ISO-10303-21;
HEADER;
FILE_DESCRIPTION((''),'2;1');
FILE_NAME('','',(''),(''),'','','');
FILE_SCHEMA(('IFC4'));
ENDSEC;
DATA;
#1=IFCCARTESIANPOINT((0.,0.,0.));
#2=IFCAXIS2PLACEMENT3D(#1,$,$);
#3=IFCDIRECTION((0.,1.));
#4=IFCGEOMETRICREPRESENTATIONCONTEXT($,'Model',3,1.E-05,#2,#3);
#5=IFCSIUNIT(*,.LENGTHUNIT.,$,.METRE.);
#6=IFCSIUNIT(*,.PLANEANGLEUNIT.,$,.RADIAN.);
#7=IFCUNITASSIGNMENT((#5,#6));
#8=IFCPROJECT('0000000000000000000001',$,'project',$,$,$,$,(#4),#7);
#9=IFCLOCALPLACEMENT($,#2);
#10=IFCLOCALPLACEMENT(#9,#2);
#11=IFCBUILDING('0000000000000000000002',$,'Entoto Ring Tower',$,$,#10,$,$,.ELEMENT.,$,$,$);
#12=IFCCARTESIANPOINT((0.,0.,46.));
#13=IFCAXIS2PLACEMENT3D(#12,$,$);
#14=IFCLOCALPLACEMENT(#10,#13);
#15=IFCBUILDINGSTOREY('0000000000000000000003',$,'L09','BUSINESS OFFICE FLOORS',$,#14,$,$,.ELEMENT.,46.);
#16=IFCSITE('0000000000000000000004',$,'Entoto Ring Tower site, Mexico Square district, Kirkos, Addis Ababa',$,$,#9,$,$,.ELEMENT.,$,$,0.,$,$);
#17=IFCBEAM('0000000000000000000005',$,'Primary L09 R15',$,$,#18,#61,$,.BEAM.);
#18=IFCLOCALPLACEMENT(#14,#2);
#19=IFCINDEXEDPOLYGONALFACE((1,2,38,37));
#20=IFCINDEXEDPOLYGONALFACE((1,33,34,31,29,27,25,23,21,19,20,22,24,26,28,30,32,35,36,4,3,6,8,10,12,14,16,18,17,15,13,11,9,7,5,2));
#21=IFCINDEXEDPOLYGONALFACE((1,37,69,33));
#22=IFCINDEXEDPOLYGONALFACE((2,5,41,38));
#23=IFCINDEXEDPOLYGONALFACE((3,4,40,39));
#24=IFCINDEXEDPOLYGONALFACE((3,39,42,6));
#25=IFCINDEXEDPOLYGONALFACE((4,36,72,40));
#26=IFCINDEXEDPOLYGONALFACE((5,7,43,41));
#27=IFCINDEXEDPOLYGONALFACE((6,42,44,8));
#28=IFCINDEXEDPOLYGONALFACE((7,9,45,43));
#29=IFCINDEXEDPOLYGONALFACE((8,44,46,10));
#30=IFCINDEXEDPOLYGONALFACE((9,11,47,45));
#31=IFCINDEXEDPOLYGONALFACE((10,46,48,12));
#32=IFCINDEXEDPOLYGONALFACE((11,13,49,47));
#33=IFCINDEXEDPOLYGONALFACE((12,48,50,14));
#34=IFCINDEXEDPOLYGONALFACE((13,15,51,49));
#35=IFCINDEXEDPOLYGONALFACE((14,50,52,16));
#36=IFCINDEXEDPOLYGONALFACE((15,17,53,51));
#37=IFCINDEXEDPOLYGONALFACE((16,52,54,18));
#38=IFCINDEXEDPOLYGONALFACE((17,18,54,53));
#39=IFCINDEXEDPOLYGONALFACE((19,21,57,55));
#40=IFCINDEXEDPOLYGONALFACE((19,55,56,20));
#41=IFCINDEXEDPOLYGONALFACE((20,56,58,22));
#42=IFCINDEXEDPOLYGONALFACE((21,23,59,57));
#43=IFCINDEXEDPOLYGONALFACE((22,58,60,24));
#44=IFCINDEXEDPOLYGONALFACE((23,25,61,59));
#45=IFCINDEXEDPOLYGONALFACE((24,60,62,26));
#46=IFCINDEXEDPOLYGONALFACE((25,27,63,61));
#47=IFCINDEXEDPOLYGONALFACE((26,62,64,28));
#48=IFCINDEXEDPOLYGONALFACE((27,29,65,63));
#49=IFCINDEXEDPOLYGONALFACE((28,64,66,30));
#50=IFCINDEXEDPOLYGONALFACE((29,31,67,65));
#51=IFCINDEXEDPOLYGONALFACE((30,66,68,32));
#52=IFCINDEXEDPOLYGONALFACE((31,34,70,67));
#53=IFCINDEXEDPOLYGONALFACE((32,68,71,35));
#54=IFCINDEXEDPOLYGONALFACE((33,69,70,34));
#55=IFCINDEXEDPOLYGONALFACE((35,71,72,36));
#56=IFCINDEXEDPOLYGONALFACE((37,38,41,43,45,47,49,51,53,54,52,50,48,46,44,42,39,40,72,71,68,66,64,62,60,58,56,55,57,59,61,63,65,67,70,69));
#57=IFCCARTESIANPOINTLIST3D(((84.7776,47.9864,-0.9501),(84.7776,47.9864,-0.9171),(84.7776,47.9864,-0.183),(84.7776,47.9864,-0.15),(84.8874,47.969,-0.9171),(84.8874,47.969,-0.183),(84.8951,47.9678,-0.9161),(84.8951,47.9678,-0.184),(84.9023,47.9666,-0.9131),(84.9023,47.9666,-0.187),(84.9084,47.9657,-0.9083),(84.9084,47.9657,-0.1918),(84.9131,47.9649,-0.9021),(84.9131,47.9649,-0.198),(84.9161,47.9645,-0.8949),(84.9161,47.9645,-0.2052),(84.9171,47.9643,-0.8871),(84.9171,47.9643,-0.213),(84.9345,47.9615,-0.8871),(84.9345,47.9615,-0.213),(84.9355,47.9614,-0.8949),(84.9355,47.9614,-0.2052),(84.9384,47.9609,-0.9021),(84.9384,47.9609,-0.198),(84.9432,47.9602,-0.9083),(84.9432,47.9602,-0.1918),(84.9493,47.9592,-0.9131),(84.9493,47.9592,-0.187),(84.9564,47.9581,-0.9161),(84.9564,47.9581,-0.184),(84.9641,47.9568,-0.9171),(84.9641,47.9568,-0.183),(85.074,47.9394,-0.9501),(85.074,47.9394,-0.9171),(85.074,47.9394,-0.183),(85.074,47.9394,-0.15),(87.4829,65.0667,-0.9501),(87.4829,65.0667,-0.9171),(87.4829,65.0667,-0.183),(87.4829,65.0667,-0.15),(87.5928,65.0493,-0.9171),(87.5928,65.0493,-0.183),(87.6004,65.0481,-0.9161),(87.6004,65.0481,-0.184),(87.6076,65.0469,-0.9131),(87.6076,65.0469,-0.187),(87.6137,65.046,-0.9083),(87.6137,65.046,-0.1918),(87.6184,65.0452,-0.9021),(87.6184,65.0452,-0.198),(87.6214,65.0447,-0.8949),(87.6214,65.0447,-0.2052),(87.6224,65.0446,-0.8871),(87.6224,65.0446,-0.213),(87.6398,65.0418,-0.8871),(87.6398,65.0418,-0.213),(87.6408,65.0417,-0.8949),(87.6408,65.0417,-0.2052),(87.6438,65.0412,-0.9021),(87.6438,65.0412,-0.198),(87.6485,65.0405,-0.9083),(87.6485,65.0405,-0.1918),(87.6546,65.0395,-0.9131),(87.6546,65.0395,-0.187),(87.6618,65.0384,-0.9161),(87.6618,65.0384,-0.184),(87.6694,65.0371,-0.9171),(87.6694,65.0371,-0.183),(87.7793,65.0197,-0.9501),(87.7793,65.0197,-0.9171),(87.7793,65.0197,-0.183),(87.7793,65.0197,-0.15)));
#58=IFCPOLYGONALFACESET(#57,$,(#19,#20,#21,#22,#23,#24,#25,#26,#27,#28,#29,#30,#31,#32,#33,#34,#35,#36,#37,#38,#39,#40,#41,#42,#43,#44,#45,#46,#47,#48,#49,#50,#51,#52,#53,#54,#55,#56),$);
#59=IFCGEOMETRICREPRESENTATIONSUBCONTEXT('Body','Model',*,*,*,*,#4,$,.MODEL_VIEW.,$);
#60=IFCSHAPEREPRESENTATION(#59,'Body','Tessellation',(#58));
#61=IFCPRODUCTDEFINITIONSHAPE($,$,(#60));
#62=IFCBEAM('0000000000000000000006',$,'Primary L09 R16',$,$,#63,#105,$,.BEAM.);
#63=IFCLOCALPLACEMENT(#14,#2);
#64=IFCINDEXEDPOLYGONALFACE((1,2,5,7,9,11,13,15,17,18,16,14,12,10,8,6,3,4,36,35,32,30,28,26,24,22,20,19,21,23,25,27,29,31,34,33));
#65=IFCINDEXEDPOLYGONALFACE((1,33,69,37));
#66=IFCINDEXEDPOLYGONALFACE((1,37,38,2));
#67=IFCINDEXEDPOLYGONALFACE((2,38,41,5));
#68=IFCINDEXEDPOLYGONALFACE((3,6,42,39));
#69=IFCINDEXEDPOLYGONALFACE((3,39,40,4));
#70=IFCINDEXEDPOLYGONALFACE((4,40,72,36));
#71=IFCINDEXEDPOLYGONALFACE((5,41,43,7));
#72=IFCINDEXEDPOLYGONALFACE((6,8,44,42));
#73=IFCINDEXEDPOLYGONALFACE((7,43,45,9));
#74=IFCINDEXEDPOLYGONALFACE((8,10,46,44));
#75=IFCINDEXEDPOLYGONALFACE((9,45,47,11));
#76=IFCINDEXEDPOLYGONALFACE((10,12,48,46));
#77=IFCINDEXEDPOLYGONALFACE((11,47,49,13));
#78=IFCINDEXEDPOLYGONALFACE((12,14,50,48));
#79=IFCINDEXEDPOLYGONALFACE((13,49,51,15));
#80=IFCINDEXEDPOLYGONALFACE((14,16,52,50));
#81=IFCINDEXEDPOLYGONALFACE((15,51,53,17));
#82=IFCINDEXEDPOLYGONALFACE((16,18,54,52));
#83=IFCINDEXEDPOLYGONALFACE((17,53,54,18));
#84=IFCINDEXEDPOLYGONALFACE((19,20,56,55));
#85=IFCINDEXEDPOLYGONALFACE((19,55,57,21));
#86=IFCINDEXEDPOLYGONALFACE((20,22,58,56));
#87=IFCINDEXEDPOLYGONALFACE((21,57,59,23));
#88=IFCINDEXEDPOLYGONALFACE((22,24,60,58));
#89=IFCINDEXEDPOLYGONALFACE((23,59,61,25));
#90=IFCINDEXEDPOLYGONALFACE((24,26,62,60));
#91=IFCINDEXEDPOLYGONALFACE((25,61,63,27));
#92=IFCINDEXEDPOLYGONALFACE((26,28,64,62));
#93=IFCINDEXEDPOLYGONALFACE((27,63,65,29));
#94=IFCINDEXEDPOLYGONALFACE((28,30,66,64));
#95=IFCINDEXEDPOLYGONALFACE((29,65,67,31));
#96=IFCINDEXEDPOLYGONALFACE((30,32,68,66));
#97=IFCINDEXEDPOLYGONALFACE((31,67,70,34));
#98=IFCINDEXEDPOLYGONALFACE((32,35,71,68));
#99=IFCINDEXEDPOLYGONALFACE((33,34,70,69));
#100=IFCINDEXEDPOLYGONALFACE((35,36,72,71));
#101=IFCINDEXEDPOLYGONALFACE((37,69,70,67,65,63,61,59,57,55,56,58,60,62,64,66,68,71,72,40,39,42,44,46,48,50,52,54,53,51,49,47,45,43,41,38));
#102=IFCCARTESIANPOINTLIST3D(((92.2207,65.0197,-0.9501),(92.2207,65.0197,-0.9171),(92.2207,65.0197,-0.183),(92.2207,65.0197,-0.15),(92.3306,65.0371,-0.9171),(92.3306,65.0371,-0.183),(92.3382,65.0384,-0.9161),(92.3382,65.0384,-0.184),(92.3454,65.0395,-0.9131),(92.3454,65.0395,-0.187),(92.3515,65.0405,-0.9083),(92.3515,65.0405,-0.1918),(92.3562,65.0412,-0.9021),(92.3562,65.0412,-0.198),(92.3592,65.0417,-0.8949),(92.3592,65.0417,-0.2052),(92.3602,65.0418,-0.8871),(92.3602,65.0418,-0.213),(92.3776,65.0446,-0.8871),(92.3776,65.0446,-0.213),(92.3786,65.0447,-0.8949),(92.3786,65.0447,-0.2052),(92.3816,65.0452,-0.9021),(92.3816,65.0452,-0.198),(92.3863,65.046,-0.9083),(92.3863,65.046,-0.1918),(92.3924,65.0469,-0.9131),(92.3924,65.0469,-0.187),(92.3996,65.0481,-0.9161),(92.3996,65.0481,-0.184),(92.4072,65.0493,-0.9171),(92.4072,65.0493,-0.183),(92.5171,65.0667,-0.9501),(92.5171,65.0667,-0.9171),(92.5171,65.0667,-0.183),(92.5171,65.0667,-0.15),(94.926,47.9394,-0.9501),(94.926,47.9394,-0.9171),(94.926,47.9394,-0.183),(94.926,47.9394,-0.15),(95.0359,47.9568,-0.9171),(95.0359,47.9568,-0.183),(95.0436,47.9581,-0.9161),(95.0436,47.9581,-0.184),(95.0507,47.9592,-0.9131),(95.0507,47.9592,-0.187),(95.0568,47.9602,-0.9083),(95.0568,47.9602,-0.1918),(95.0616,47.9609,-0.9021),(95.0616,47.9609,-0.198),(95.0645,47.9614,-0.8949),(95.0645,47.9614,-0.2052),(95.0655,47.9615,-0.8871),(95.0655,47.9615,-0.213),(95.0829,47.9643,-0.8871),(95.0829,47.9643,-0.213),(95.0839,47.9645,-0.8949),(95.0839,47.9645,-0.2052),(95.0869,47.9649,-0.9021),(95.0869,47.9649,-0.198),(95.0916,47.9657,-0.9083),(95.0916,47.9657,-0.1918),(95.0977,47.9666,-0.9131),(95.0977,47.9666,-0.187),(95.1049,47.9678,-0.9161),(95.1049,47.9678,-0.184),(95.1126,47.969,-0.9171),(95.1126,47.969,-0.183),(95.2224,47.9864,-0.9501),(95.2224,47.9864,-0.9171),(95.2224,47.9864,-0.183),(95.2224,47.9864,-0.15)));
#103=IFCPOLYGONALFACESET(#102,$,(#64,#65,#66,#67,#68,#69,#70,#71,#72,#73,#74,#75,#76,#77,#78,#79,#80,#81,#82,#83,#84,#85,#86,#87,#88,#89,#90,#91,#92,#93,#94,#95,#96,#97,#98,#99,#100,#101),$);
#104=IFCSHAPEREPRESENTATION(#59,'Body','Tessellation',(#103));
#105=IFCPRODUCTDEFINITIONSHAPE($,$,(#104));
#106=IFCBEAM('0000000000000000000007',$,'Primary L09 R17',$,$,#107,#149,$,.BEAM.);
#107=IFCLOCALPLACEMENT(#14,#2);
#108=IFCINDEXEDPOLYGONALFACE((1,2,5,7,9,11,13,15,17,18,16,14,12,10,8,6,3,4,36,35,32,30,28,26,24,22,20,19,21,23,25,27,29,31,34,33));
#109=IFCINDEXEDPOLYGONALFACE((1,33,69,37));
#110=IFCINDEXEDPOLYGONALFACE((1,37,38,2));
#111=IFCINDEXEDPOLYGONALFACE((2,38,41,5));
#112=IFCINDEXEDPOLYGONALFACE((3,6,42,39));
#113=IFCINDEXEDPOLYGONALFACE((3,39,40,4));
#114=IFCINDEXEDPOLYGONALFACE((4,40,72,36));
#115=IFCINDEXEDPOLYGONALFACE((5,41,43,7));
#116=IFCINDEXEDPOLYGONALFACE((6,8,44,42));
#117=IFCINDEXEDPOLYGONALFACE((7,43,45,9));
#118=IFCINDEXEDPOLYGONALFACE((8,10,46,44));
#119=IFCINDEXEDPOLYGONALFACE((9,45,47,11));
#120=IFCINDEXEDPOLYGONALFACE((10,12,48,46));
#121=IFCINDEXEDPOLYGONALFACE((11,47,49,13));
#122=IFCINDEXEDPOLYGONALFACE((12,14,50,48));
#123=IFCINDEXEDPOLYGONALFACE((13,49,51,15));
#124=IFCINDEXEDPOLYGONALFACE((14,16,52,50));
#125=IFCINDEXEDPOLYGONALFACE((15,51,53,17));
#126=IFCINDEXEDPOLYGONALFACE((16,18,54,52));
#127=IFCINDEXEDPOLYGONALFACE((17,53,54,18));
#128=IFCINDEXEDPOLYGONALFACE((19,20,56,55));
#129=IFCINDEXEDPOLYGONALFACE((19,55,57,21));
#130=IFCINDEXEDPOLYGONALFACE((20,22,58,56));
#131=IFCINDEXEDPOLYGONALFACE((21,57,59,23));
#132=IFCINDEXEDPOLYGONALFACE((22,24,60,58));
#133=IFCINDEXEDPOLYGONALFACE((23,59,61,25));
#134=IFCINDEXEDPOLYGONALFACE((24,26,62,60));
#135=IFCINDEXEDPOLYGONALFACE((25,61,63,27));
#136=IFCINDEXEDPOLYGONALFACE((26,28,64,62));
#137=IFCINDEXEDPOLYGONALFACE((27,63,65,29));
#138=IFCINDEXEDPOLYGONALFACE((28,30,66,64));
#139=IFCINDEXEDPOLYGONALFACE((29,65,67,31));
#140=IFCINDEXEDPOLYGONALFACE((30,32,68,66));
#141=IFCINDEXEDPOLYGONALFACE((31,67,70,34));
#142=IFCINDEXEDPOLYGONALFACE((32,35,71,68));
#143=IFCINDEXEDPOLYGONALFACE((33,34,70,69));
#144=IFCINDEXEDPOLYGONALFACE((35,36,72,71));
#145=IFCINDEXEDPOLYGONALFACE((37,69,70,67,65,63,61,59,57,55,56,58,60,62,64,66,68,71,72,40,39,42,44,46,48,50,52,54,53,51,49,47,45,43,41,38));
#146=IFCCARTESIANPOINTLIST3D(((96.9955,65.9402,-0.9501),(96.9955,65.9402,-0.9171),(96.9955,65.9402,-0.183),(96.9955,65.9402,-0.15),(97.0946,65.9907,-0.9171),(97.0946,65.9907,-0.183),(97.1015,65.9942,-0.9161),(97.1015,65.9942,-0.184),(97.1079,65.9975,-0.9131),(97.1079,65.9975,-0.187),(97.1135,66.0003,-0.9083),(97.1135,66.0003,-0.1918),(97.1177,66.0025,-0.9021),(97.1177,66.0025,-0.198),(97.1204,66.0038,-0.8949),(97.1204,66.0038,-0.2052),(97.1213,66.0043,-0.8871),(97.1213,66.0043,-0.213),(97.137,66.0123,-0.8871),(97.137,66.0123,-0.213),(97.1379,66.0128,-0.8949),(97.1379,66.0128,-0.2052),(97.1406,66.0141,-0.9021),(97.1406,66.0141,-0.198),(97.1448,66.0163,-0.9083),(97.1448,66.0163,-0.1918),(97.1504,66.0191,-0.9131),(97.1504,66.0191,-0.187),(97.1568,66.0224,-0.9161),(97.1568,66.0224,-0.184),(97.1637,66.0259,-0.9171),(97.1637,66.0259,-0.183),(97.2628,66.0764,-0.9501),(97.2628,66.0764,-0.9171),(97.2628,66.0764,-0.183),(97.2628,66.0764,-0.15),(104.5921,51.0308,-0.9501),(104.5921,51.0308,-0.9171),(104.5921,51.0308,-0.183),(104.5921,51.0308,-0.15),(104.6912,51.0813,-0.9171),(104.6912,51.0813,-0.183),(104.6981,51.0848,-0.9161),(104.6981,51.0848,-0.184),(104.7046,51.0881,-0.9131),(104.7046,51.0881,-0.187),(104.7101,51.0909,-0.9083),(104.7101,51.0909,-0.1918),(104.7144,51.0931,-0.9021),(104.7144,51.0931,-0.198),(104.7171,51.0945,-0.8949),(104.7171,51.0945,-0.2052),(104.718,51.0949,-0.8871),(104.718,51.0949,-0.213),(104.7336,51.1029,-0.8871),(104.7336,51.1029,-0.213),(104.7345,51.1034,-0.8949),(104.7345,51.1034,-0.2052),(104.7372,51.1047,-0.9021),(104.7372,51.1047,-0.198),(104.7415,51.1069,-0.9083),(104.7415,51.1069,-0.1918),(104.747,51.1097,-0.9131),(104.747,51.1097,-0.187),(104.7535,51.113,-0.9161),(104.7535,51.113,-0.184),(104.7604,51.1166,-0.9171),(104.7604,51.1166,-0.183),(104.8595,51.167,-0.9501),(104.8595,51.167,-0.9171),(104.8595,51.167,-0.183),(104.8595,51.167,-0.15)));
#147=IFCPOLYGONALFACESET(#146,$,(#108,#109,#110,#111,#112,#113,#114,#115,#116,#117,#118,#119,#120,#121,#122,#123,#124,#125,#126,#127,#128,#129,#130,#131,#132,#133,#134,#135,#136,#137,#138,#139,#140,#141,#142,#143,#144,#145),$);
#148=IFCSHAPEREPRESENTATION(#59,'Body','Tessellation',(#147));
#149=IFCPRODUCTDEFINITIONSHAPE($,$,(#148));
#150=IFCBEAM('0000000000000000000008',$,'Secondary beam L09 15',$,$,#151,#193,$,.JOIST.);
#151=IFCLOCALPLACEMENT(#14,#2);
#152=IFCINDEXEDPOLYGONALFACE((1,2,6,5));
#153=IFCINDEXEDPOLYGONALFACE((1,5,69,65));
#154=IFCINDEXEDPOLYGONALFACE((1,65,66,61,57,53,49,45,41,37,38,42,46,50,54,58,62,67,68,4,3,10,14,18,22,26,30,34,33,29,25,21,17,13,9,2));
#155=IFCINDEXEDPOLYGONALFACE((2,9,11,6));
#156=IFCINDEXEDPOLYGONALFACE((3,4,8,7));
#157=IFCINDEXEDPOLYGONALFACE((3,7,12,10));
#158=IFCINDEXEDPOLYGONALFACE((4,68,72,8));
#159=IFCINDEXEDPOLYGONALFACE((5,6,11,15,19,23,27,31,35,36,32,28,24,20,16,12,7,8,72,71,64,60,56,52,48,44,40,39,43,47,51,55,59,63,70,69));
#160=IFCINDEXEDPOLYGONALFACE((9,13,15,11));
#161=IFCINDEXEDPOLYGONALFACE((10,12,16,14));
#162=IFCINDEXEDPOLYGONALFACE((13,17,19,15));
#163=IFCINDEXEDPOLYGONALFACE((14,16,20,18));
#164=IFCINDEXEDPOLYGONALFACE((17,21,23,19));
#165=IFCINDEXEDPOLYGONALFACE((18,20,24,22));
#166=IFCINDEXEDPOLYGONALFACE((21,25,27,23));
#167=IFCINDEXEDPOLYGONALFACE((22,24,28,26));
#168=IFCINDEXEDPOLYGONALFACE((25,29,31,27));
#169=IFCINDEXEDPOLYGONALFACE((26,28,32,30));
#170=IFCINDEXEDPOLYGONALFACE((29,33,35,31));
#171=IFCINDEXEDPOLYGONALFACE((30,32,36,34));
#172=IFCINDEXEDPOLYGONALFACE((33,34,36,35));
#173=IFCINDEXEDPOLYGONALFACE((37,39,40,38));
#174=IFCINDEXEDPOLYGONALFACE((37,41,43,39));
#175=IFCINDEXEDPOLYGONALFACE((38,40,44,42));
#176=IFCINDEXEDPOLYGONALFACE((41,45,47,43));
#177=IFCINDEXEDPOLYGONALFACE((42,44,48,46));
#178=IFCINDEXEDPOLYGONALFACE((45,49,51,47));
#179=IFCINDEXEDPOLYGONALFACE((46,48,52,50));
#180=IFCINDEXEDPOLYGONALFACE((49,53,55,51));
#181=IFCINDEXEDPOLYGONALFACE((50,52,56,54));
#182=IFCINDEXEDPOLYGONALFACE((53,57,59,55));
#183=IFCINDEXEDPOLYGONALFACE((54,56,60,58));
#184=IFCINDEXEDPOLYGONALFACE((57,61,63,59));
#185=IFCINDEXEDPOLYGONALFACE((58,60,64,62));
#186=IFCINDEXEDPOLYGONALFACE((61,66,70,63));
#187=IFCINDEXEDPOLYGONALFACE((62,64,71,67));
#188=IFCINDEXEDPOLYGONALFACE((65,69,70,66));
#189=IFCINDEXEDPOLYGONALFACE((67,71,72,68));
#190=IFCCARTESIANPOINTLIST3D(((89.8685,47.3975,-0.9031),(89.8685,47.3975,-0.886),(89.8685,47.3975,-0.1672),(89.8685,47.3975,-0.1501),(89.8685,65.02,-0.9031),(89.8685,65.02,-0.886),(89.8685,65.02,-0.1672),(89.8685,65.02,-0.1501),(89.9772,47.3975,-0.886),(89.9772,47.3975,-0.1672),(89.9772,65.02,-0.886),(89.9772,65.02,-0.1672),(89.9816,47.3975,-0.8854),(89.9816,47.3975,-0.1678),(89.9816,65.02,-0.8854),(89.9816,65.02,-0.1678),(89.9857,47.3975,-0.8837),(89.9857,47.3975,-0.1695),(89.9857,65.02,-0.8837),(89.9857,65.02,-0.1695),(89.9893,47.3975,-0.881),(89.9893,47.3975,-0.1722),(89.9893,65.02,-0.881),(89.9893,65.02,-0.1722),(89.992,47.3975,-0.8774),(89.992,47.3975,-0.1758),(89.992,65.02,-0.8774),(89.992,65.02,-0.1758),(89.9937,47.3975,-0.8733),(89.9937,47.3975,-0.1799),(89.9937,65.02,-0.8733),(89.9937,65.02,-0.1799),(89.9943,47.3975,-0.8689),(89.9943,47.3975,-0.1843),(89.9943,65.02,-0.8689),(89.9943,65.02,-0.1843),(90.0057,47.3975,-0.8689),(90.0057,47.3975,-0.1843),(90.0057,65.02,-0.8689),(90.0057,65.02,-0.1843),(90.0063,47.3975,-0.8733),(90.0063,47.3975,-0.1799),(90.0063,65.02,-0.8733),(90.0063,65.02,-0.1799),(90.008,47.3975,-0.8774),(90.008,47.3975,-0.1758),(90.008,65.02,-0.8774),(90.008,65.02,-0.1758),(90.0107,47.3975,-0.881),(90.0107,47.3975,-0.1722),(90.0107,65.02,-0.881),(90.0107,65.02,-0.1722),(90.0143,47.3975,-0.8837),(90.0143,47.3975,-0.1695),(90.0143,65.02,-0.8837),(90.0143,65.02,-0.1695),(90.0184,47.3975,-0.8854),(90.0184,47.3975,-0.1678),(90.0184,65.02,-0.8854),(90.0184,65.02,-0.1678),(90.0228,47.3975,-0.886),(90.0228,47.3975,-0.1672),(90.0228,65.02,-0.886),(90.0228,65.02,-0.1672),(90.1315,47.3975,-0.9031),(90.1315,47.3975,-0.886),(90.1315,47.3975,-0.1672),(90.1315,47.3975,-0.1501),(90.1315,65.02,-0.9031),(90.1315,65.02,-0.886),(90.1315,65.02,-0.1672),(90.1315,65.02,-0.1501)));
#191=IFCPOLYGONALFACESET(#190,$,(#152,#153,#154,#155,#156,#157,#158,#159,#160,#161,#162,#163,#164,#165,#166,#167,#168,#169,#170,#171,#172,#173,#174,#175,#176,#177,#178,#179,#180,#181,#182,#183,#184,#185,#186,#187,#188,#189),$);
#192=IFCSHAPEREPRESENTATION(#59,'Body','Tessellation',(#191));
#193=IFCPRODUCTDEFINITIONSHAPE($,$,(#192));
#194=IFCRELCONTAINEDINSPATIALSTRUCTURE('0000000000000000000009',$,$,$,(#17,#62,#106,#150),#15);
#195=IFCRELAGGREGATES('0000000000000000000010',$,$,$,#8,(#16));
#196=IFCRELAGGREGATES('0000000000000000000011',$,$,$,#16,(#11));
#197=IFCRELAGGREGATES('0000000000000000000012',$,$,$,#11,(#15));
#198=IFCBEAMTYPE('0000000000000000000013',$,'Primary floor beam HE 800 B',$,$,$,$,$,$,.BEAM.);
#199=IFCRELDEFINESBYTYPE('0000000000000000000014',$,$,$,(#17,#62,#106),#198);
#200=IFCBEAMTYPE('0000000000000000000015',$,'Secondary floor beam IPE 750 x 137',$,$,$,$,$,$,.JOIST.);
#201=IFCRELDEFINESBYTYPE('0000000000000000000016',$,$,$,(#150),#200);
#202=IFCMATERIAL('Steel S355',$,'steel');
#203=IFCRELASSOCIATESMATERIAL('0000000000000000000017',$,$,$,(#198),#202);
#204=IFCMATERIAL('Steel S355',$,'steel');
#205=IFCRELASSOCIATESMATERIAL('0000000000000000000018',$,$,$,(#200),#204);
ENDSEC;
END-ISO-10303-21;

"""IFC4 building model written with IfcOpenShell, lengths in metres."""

from ifc_helpers import new_model, si_unit, direction, frame, origin, origin_2d, place, context, subcontext, project, spatial, i_section, extrude, material, material_profile, profile_set, type_object, element, save


model = new_model("IFC4")

# Units and contexts
model_context = context("Model", 3, precision=1e-05, world=origin(), true_north=direction((0.0, 1.0)))
body_context = subcontext(model_context, "Body", "Model", "MODEL_VIEW")
ifc_project = project(units=[si_unit("LENGTHUNIT", "METRE"), si_unit("PLANEANGLEUNIT", "RADIAN")], contexts=[model_context])

# Site, building, storey
site_placement = place(None, origin())
site = spatial("IfcSite", under=ifc_project, at=site_placement, Name="Entoto Ring Tower site, Mexico Square district, Kirkos, Addis Ababa", CompositionType="ELEMENT", RefElevation=0.0)
building_placement = place(site_placement, origin())
building = spatial("IfcBuilding", under=site, at=building_placement, Name="Entoto Ring Tower", CompositionType="ELEMENT")
storey_placement = place(building_placement, frame((0.0, 0.0, 46.0)))
storey = spatial("IfcBuildingStorey", under=building, at=storey_placement, Name="L09", Description="BUSINESS OFFICE FLOORS", CompositionType="ELEMENT", Elevation=46.0)

# Beams
ifc_material_1 = material(Name="Steel S355", Category="steel")
ifc_material_profile_1 = material_profile(ifc_material_1, i_section(OverallWidth=0.3, OverallDepth=0.8, WebThickness=0.0176, FlangeThickness=0.033, FilletRadius=0.03, at=origin_2d()), Name="HE 800 B")
ifc_profile_set_1 = profile_set([ifc_material_profile_1], Name="Steel S355")
beam_type_1 = type_object("IfcBeamType", Name="Primary floor beam HE 800 B", PredefinedType="BEAM", material=ifc_profile_set_1)
for number, where, z_axis, x_axis, name in (
    (1, (87.6311, 65.0432, -0.55), (-0.156438, -0.987688, 0.0), (0.987688, -0.156438, 0.0), "Primary L09 R15"),
    (2, (92.3689, 65.0432, -0.55), (0.156438, -0.987688, 0.0), (0.987688, 0.156438, 0.0), "Primary L09 R16"),
):
    element("IfcBeam", number, at=place(storey_placement, frame(where, z_axis=z_axis, x_axis=x_axis)), inside=storey, type_object=beam_type_1, Name=name, PredefinedType="BEAM", context=body_context, shape_type="SweptSolid", body=[
        extrude(i_section(OverallWidth=0.3, OverallDepth=0.8, WebThickness=0.0176, FlangeThickness=0.033, FilletRadius=0.03, at=origin_2d()), origin(), (0.0, 0.0, 1.0), 17.2932),
    ])
beam_1_placement = place(storey_placement, frame((97.1292, 66.0083, -0.55), z_axis=(0.453988, -0.891008, 0.0), x_axis=(0.891008, 0.453988, 0.0)))
element("IfcBeam", 3, at=beam_1_placement, inside=storey, type_object=beam_type_1, Name="Primary L09 R17", PredefinedType="BEAM", context=body_context, shape_type="SweptSolid", body=[
    extrude(i_section(OverallWidth=0.3, OverallDepth=0.8, WebThickness=0.0176, FlangeThickness=0.033, FilletRadius=0.03, at=origin_2d()), origin(), (0.0, 0.0, 1.0), 16.7332),
])
ifc_material_2 = material(Name="Steel S355", Category="steel")
ifc_material_profile_2 = material_profile(ifc_material_2, i_section(OverallWidth=0.2629, OverallDepth=0.7529, WebThickness=0.0115, FlangeThickness=0.0171, FilletRadius=0.0171, at=origin_2d()), Name="IPE 750 x 137")
ifc_profile_set_2 = profile_set([ifc_material_profile_2], Name="Steel S355")
beam_type_2 = type_object("IfcBeamType", Name="Secondary floor beam IPE 750 x 137", PredefinedType="JOIST", material=ifc_profile_set_2)
beam_2_placement = place(storey_placement, frame((90.0, 65.02, -0.5266), z_axis=(0.0, -1.0, 0.0), x_axis=(1.0, 0.0, 0.0)))
element("IfcBeam", 4, at=beam_2_placement, inside=storey, type_object=beam_type_2, Name="Secondary beam L09 15", PredefinedType="JOIST", context=body_context, shape_type="SweptSolid", body=[
    extrude(i_section(OverallWidth=0.2629, OverallDepth=0.7529, WebThickness=0.0115, FlangeThickness=0.0171, FilletRadius=0.0171, at=origin_2d()), origin(), (0.0, 0.0, 1.0), 17.6226),
])

save(model, "model.ifc")
